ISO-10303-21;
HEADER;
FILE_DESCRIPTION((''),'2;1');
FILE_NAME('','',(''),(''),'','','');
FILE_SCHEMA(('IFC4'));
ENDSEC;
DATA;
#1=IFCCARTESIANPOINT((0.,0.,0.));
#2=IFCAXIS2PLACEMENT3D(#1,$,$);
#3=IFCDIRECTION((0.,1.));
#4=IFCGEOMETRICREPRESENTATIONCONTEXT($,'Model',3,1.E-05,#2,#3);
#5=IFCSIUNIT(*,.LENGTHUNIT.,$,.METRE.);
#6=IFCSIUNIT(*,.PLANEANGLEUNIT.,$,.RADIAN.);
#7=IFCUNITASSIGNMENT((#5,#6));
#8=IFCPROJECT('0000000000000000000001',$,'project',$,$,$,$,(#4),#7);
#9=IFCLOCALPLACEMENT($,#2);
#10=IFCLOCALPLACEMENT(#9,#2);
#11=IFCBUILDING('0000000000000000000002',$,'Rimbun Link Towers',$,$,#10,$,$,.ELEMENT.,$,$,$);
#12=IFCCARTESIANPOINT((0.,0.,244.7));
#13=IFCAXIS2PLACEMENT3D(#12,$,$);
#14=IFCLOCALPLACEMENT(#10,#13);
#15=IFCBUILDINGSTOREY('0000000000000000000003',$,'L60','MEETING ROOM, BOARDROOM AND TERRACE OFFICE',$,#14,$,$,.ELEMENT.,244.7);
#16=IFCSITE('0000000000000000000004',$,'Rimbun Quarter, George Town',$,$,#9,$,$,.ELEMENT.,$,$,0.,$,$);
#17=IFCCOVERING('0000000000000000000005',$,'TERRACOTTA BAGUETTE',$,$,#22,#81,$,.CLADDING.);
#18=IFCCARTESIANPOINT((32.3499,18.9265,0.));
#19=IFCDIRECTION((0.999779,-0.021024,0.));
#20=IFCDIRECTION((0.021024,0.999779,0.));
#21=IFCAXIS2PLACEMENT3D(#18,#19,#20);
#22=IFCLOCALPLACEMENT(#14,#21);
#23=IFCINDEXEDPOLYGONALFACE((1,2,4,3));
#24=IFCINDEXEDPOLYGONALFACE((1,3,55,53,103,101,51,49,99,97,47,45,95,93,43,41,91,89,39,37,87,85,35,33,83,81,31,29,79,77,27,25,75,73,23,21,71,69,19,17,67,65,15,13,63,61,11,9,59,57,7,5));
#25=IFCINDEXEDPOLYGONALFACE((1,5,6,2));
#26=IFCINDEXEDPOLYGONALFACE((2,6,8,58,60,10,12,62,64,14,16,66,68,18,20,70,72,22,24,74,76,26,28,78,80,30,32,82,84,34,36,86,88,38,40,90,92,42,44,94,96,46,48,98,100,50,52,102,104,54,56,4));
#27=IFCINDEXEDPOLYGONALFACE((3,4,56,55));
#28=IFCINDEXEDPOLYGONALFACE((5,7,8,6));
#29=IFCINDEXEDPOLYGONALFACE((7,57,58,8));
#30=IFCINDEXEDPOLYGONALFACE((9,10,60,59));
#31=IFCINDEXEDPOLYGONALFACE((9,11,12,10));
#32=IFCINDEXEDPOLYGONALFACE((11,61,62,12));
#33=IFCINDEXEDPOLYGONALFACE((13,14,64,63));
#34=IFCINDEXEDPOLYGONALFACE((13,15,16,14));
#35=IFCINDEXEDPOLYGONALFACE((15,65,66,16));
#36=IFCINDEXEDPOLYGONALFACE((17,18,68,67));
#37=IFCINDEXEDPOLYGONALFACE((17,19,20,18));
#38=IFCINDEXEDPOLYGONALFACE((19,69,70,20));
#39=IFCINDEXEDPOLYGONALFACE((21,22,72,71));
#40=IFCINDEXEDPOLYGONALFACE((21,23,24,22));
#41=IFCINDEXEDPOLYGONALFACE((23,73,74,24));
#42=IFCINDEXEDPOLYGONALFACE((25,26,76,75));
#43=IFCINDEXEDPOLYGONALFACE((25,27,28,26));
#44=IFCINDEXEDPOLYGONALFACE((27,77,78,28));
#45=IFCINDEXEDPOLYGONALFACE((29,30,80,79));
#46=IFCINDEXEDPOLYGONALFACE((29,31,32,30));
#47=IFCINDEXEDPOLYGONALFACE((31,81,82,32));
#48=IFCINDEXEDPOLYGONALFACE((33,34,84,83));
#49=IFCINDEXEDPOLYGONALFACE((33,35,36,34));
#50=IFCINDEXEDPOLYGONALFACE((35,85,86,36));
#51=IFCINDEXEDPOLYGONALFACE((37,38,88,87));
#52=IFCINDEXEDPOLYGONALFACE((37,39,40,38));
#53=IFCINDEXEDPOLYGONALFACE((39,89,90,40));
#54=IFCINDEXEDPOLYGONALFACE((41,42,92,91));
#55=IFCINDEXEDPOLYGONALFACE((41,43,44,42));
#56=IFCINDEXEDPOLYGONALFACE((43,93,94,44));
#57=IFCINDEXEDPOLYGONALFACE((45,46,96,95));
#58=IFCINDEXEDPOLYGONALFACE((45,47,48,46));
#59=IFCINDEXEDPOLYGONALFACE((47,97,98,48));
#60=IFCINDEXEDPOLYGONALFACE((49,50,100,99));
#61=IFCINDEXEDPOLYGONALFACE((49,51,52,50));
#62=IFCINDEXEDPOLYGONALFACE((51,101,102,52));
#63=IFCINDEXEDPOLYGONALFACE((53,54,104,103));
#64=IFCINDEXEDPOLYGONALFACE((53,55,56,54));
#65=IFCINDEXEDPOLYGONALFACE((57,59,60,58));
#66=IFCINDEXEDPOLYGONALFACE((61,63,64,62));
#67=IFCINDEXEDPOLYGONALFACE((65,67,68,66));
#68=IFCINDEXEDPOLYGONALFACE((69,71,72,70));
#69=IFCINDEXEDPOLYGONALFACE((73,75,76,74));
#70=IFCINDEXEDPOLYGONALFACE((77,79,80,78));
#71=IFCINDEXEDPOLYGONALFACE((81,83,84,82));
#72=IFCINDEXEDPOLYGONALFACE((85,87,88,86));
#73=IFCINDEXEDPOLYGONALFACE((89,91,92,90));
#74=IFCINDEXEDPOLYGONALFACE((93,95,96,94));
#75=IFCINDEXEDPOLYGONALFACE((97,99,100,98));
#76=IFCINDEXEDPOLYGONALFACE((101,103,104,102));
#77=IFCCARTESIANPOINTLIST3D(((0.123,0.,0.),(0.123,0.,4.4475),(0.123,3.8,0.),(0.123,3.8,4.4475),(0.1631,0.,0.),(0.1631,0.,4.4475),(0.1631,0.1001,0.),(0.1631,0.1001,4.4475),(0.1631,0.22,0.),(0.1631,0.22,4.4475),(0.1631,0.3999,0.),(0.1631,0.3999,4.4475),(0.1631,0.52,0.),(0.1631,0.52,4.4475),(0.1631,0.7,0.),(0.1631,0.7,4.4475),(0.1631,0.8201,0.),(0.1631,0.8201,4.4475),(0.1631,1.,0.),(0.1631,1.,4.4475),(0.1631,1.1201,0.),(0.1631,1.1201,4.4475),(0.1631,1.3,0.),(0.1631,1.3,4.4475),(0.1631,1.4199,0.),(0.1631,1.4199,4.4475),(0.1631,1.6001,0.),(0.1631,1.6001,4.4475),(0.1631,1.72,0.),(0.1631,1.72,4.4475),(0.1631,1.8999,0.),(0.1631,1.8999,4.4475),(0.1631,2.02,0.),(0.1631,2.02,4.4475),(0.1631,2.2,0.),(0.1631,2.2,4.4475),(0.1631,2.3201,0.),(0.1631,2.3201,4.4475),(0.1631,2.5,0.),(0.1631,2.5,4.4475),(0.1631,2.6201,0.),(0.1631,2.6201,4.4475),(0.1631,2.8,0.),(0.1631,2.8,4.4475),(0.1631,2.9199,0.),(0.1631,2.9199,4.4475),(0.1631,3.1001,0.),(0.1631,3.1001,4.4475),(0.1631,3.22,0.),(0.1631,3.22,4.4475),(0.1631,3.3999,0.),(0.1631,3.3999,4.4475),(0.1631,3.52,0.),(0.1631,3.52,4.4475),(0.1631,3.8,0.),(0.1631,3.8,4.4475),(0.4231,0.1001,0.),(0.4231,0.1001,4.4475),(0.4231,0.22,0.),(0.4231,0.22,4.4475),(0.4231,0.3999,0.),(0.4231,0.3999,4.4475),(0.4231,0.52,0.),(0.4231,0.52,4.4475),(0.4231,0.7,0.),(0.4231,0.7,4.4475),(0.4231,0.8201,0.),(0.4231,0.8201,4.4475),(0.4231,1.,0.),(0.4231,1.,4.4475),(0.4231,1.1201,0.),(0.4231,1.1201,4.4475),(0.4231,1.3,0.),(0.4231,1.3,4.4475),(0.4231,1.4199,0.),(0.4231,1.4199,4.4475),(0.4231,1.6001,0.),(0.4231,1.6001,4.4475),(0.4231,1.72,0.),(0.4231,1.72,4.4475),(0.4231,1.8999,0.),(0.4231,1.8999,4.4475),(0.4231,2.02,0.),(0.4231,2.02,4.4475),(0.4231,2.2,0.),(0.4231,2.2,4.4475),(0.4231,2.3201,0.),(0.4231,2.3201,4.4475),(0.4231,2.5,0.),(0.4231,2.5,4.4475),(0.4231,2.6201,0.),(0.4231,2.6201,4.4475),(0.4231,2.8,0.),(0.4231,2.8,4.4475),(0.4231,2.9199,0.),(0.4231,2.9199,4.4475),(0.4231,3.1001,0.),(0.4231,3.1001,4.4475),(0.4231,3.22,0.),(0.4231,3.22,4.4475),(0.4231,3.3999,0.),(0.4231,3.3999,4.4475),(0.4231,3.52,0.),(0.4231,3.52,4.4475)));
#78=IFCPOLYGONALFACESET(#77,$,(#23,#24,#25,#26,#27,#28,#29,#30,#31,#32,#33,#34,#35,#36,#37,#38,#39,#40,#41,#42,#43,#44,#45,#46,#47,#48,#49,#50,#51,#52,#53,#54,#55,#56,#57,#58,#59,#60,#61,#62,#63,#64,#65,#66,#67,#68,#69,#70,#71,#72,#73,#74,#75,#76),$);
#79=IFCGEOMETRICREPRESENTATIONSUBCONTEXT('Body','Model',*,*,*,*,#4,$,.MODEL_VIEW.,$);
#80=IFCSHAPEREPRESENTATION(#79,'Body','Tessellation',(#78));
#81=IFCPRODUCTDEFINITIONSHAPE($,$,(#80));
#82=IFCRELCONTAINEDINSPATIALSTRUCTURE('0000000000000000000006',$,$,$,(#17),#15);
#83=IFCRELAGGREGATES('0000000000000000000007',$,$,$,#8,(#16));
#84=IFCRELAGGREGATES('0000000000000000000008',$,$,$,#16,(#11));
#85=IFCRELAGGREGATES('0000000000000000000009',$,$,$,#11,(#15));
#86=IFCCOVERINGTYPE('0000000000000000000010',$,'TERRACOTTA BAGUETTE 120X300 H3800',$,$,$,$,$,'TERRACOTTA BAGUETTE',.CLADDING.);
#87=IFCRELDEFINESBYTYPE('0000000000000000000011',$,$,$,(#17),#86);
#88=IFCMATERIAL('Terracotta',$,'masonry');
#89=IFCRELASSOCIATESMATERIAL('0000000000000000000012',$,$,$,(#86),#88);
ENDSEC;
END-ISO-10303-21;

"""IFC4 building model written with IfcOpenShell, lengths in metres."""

from ifc_helpers import new_model, si_unit, direction, frame, origin, place, context, subcontext, project, spatial, polyline, outline, extrude, material, material_profile, profile_set, type_object, element, save


model = new_model("IFC4")

# Units and contexts
model_context = context("Model", 3, precision=1e-05, world=origin(), true_north=direction((0.0, 1.0)))
body_context = subcontext(model_context, "Body", "Model", "MODEL_VIEW")
ifc_project = project(units=[si_unit("LENGTHUNIT", "METRE"), si_unit("PLANEANGLEUNIT", "RADIAN")], contexts=[model_context])

# Site, building, storey
site_placement = place(None, origin())
site = spatial("IfcSite", under=ifc_project, at=site_placement, Name="Rimbun Quarter, George Town", CompositionType="ELEMENT", RefElevation=0.0)
building_placement = place(site_placement, origin())
building = spatial("IfcBuilding", under=site, at=building_placement, Name="Rimbun Link Towers", CompositionType="ELEMENT")
storey_placement = place(building_placement, frame((0.0, 0.0, 244.7)))
storey = spatial("IfcBuildingStorey", under=building, at=storey_placement, Name="L60", Description="MEETING ROOM, BOARDROOM AND TERRACE OFFICE", CompositionType="ELEMENT", Elevation=244.7)

# Covering
ifc_material_1 = material(Name="Terracotta", Category="masonry")
ifc_material_profile_1 = material_profile(ifc_material_1, outline(polyline([(0.123, 0.0), (0.1631, 0.0), (0.1631, 0.1001), (0.4231, 0.1001), (0.4231, 0.22), (0.1631, 0.22), (0.1631, 0.3999), (0.4231, 0.3999), (0.4231, 0.52), (0.1631, 0.52), (0.1631, 0.7), (0.4231, 0.7), (0.4231, 0.8201), (0.1631, 0.8201), (0.1631, 1.0), (0.4231, 1.0), (0.4231, 1.1201), (0.1631, 1.1201), (0.1631, 1.3), (0.4231, 1.3), (0.4231, 1.4199), (0.1631, 1.4199), (0.1631, 1.6001), (0.4231, 1.6001), (0.4231, 1.72), (0.1631, 1.72), (0.1631, 1.8999), (0.4231, 1.8999), (0.4231, 2.02), (0.1631, 2.02), (0.1631, 2.2), (0.4231, 2.2), (0.4231, 2.3201), (0.1631, 2.3201), (0.1631, 2.5), (0.4231, 2.5), (0.4231, 2.6201), (0.1631, 2.6201), (0.1631, 2.8), (0.4231, 2.8), (0.4231, 2.9199), (0.1631, 2.9199), (0.1631, 3.1001), (0.4231, 3.1001), (0.4231, 3.22), (0.1631, 3.22), (0.1631, 3.3999), (0.4231, 3.3999), (0.4231, 3.52), (0.1631, 3.52), (0.1631, 3.8), (0.123, 3.8), (0.123, 0.0)])), Name="BAGUETTE 120X300")
ifc_profile_set_1 = profile_set([ifc_material_profile_1], Name="Terracotta")
covering_type = type_object("IfcCoveringType", Name="TERRACOTTA BAGUETTE 120X300 H3800", ElementType="TERRACOTTA BAGUETTE", PredefinedType="CLADDING", material=ifc_profile_set_1)
covering_1_placement = place(storey_placement, frame((32.3499, 18.9265, 0.0), z_axis=(0.999779, -0.021024, 0.0), x_axis=(0.021024, 0.999779, 0.0)))
element("IfcCovering", 1, at=covering_1_placement, inside=storey, type_object=covering_type, Name="TERRACOTTA BAGUETTE", PredefinedType="CLADDING", context=body_context, shape_type="SweptSolid", body=[
    extrude(outline(polyline([(0.123, 0.0), (0.1631, 0.0), (0.1631, 0.1001), (0.4231, 0.1001), (0.4231, 0.22), (0.1631, 0.22), (0.1631, 0.3999), (0.4231, 0.3999), (0.4231, 0.52), (0.1631, 0.52), (0.1631, 0.7), (0.4231, 0.7), (0.4231, 0.8201), (0.1631, 0.8201), (0.1631, 1.0), (0.4231, 1.0), (0.4231, 1.1201), (0.1631, 1.1201), (0.1631, 1.3), (0.4231, 1.3), (0.4231, 1.4199), (0.1631, 1.4199), (0.1631, 1.6001), (0.4231, 1.6001), (0.4231, 1.72), (0.1631, 1.72), (0.1631, 1.8999), (0.4231, 1.8999), (0.4231, 2.02), (0.1631, 2.02), (0.1631, 2.2), (0.4231, 2.2), (0.4231, 2.3201), (0.1631, 2.3201), (0.1631, 2.5), (0.4231, 2.5), (0.4231, 2.6201), (0.1631, 2.6201), (0.1631, 2.8), (0.4231, 2.8), (0.4231, 2.9199), (0.1631, 2.9199), (0.1631, 3.1001), (0.4231, 3.1001), (0.4231, 3.22), (0.1631, 3.22), (0.1631, 3.3999), (0.4231, 3.3999), (0.4231, 3.52), (0.1631, 3.52), (0.1631, 3.8), (0.123, 3.8), (0.123, 0.0)])), origin(), (0.0, 0.0, 1.0), 4.4475),
])

save(model, "model.ifc")
